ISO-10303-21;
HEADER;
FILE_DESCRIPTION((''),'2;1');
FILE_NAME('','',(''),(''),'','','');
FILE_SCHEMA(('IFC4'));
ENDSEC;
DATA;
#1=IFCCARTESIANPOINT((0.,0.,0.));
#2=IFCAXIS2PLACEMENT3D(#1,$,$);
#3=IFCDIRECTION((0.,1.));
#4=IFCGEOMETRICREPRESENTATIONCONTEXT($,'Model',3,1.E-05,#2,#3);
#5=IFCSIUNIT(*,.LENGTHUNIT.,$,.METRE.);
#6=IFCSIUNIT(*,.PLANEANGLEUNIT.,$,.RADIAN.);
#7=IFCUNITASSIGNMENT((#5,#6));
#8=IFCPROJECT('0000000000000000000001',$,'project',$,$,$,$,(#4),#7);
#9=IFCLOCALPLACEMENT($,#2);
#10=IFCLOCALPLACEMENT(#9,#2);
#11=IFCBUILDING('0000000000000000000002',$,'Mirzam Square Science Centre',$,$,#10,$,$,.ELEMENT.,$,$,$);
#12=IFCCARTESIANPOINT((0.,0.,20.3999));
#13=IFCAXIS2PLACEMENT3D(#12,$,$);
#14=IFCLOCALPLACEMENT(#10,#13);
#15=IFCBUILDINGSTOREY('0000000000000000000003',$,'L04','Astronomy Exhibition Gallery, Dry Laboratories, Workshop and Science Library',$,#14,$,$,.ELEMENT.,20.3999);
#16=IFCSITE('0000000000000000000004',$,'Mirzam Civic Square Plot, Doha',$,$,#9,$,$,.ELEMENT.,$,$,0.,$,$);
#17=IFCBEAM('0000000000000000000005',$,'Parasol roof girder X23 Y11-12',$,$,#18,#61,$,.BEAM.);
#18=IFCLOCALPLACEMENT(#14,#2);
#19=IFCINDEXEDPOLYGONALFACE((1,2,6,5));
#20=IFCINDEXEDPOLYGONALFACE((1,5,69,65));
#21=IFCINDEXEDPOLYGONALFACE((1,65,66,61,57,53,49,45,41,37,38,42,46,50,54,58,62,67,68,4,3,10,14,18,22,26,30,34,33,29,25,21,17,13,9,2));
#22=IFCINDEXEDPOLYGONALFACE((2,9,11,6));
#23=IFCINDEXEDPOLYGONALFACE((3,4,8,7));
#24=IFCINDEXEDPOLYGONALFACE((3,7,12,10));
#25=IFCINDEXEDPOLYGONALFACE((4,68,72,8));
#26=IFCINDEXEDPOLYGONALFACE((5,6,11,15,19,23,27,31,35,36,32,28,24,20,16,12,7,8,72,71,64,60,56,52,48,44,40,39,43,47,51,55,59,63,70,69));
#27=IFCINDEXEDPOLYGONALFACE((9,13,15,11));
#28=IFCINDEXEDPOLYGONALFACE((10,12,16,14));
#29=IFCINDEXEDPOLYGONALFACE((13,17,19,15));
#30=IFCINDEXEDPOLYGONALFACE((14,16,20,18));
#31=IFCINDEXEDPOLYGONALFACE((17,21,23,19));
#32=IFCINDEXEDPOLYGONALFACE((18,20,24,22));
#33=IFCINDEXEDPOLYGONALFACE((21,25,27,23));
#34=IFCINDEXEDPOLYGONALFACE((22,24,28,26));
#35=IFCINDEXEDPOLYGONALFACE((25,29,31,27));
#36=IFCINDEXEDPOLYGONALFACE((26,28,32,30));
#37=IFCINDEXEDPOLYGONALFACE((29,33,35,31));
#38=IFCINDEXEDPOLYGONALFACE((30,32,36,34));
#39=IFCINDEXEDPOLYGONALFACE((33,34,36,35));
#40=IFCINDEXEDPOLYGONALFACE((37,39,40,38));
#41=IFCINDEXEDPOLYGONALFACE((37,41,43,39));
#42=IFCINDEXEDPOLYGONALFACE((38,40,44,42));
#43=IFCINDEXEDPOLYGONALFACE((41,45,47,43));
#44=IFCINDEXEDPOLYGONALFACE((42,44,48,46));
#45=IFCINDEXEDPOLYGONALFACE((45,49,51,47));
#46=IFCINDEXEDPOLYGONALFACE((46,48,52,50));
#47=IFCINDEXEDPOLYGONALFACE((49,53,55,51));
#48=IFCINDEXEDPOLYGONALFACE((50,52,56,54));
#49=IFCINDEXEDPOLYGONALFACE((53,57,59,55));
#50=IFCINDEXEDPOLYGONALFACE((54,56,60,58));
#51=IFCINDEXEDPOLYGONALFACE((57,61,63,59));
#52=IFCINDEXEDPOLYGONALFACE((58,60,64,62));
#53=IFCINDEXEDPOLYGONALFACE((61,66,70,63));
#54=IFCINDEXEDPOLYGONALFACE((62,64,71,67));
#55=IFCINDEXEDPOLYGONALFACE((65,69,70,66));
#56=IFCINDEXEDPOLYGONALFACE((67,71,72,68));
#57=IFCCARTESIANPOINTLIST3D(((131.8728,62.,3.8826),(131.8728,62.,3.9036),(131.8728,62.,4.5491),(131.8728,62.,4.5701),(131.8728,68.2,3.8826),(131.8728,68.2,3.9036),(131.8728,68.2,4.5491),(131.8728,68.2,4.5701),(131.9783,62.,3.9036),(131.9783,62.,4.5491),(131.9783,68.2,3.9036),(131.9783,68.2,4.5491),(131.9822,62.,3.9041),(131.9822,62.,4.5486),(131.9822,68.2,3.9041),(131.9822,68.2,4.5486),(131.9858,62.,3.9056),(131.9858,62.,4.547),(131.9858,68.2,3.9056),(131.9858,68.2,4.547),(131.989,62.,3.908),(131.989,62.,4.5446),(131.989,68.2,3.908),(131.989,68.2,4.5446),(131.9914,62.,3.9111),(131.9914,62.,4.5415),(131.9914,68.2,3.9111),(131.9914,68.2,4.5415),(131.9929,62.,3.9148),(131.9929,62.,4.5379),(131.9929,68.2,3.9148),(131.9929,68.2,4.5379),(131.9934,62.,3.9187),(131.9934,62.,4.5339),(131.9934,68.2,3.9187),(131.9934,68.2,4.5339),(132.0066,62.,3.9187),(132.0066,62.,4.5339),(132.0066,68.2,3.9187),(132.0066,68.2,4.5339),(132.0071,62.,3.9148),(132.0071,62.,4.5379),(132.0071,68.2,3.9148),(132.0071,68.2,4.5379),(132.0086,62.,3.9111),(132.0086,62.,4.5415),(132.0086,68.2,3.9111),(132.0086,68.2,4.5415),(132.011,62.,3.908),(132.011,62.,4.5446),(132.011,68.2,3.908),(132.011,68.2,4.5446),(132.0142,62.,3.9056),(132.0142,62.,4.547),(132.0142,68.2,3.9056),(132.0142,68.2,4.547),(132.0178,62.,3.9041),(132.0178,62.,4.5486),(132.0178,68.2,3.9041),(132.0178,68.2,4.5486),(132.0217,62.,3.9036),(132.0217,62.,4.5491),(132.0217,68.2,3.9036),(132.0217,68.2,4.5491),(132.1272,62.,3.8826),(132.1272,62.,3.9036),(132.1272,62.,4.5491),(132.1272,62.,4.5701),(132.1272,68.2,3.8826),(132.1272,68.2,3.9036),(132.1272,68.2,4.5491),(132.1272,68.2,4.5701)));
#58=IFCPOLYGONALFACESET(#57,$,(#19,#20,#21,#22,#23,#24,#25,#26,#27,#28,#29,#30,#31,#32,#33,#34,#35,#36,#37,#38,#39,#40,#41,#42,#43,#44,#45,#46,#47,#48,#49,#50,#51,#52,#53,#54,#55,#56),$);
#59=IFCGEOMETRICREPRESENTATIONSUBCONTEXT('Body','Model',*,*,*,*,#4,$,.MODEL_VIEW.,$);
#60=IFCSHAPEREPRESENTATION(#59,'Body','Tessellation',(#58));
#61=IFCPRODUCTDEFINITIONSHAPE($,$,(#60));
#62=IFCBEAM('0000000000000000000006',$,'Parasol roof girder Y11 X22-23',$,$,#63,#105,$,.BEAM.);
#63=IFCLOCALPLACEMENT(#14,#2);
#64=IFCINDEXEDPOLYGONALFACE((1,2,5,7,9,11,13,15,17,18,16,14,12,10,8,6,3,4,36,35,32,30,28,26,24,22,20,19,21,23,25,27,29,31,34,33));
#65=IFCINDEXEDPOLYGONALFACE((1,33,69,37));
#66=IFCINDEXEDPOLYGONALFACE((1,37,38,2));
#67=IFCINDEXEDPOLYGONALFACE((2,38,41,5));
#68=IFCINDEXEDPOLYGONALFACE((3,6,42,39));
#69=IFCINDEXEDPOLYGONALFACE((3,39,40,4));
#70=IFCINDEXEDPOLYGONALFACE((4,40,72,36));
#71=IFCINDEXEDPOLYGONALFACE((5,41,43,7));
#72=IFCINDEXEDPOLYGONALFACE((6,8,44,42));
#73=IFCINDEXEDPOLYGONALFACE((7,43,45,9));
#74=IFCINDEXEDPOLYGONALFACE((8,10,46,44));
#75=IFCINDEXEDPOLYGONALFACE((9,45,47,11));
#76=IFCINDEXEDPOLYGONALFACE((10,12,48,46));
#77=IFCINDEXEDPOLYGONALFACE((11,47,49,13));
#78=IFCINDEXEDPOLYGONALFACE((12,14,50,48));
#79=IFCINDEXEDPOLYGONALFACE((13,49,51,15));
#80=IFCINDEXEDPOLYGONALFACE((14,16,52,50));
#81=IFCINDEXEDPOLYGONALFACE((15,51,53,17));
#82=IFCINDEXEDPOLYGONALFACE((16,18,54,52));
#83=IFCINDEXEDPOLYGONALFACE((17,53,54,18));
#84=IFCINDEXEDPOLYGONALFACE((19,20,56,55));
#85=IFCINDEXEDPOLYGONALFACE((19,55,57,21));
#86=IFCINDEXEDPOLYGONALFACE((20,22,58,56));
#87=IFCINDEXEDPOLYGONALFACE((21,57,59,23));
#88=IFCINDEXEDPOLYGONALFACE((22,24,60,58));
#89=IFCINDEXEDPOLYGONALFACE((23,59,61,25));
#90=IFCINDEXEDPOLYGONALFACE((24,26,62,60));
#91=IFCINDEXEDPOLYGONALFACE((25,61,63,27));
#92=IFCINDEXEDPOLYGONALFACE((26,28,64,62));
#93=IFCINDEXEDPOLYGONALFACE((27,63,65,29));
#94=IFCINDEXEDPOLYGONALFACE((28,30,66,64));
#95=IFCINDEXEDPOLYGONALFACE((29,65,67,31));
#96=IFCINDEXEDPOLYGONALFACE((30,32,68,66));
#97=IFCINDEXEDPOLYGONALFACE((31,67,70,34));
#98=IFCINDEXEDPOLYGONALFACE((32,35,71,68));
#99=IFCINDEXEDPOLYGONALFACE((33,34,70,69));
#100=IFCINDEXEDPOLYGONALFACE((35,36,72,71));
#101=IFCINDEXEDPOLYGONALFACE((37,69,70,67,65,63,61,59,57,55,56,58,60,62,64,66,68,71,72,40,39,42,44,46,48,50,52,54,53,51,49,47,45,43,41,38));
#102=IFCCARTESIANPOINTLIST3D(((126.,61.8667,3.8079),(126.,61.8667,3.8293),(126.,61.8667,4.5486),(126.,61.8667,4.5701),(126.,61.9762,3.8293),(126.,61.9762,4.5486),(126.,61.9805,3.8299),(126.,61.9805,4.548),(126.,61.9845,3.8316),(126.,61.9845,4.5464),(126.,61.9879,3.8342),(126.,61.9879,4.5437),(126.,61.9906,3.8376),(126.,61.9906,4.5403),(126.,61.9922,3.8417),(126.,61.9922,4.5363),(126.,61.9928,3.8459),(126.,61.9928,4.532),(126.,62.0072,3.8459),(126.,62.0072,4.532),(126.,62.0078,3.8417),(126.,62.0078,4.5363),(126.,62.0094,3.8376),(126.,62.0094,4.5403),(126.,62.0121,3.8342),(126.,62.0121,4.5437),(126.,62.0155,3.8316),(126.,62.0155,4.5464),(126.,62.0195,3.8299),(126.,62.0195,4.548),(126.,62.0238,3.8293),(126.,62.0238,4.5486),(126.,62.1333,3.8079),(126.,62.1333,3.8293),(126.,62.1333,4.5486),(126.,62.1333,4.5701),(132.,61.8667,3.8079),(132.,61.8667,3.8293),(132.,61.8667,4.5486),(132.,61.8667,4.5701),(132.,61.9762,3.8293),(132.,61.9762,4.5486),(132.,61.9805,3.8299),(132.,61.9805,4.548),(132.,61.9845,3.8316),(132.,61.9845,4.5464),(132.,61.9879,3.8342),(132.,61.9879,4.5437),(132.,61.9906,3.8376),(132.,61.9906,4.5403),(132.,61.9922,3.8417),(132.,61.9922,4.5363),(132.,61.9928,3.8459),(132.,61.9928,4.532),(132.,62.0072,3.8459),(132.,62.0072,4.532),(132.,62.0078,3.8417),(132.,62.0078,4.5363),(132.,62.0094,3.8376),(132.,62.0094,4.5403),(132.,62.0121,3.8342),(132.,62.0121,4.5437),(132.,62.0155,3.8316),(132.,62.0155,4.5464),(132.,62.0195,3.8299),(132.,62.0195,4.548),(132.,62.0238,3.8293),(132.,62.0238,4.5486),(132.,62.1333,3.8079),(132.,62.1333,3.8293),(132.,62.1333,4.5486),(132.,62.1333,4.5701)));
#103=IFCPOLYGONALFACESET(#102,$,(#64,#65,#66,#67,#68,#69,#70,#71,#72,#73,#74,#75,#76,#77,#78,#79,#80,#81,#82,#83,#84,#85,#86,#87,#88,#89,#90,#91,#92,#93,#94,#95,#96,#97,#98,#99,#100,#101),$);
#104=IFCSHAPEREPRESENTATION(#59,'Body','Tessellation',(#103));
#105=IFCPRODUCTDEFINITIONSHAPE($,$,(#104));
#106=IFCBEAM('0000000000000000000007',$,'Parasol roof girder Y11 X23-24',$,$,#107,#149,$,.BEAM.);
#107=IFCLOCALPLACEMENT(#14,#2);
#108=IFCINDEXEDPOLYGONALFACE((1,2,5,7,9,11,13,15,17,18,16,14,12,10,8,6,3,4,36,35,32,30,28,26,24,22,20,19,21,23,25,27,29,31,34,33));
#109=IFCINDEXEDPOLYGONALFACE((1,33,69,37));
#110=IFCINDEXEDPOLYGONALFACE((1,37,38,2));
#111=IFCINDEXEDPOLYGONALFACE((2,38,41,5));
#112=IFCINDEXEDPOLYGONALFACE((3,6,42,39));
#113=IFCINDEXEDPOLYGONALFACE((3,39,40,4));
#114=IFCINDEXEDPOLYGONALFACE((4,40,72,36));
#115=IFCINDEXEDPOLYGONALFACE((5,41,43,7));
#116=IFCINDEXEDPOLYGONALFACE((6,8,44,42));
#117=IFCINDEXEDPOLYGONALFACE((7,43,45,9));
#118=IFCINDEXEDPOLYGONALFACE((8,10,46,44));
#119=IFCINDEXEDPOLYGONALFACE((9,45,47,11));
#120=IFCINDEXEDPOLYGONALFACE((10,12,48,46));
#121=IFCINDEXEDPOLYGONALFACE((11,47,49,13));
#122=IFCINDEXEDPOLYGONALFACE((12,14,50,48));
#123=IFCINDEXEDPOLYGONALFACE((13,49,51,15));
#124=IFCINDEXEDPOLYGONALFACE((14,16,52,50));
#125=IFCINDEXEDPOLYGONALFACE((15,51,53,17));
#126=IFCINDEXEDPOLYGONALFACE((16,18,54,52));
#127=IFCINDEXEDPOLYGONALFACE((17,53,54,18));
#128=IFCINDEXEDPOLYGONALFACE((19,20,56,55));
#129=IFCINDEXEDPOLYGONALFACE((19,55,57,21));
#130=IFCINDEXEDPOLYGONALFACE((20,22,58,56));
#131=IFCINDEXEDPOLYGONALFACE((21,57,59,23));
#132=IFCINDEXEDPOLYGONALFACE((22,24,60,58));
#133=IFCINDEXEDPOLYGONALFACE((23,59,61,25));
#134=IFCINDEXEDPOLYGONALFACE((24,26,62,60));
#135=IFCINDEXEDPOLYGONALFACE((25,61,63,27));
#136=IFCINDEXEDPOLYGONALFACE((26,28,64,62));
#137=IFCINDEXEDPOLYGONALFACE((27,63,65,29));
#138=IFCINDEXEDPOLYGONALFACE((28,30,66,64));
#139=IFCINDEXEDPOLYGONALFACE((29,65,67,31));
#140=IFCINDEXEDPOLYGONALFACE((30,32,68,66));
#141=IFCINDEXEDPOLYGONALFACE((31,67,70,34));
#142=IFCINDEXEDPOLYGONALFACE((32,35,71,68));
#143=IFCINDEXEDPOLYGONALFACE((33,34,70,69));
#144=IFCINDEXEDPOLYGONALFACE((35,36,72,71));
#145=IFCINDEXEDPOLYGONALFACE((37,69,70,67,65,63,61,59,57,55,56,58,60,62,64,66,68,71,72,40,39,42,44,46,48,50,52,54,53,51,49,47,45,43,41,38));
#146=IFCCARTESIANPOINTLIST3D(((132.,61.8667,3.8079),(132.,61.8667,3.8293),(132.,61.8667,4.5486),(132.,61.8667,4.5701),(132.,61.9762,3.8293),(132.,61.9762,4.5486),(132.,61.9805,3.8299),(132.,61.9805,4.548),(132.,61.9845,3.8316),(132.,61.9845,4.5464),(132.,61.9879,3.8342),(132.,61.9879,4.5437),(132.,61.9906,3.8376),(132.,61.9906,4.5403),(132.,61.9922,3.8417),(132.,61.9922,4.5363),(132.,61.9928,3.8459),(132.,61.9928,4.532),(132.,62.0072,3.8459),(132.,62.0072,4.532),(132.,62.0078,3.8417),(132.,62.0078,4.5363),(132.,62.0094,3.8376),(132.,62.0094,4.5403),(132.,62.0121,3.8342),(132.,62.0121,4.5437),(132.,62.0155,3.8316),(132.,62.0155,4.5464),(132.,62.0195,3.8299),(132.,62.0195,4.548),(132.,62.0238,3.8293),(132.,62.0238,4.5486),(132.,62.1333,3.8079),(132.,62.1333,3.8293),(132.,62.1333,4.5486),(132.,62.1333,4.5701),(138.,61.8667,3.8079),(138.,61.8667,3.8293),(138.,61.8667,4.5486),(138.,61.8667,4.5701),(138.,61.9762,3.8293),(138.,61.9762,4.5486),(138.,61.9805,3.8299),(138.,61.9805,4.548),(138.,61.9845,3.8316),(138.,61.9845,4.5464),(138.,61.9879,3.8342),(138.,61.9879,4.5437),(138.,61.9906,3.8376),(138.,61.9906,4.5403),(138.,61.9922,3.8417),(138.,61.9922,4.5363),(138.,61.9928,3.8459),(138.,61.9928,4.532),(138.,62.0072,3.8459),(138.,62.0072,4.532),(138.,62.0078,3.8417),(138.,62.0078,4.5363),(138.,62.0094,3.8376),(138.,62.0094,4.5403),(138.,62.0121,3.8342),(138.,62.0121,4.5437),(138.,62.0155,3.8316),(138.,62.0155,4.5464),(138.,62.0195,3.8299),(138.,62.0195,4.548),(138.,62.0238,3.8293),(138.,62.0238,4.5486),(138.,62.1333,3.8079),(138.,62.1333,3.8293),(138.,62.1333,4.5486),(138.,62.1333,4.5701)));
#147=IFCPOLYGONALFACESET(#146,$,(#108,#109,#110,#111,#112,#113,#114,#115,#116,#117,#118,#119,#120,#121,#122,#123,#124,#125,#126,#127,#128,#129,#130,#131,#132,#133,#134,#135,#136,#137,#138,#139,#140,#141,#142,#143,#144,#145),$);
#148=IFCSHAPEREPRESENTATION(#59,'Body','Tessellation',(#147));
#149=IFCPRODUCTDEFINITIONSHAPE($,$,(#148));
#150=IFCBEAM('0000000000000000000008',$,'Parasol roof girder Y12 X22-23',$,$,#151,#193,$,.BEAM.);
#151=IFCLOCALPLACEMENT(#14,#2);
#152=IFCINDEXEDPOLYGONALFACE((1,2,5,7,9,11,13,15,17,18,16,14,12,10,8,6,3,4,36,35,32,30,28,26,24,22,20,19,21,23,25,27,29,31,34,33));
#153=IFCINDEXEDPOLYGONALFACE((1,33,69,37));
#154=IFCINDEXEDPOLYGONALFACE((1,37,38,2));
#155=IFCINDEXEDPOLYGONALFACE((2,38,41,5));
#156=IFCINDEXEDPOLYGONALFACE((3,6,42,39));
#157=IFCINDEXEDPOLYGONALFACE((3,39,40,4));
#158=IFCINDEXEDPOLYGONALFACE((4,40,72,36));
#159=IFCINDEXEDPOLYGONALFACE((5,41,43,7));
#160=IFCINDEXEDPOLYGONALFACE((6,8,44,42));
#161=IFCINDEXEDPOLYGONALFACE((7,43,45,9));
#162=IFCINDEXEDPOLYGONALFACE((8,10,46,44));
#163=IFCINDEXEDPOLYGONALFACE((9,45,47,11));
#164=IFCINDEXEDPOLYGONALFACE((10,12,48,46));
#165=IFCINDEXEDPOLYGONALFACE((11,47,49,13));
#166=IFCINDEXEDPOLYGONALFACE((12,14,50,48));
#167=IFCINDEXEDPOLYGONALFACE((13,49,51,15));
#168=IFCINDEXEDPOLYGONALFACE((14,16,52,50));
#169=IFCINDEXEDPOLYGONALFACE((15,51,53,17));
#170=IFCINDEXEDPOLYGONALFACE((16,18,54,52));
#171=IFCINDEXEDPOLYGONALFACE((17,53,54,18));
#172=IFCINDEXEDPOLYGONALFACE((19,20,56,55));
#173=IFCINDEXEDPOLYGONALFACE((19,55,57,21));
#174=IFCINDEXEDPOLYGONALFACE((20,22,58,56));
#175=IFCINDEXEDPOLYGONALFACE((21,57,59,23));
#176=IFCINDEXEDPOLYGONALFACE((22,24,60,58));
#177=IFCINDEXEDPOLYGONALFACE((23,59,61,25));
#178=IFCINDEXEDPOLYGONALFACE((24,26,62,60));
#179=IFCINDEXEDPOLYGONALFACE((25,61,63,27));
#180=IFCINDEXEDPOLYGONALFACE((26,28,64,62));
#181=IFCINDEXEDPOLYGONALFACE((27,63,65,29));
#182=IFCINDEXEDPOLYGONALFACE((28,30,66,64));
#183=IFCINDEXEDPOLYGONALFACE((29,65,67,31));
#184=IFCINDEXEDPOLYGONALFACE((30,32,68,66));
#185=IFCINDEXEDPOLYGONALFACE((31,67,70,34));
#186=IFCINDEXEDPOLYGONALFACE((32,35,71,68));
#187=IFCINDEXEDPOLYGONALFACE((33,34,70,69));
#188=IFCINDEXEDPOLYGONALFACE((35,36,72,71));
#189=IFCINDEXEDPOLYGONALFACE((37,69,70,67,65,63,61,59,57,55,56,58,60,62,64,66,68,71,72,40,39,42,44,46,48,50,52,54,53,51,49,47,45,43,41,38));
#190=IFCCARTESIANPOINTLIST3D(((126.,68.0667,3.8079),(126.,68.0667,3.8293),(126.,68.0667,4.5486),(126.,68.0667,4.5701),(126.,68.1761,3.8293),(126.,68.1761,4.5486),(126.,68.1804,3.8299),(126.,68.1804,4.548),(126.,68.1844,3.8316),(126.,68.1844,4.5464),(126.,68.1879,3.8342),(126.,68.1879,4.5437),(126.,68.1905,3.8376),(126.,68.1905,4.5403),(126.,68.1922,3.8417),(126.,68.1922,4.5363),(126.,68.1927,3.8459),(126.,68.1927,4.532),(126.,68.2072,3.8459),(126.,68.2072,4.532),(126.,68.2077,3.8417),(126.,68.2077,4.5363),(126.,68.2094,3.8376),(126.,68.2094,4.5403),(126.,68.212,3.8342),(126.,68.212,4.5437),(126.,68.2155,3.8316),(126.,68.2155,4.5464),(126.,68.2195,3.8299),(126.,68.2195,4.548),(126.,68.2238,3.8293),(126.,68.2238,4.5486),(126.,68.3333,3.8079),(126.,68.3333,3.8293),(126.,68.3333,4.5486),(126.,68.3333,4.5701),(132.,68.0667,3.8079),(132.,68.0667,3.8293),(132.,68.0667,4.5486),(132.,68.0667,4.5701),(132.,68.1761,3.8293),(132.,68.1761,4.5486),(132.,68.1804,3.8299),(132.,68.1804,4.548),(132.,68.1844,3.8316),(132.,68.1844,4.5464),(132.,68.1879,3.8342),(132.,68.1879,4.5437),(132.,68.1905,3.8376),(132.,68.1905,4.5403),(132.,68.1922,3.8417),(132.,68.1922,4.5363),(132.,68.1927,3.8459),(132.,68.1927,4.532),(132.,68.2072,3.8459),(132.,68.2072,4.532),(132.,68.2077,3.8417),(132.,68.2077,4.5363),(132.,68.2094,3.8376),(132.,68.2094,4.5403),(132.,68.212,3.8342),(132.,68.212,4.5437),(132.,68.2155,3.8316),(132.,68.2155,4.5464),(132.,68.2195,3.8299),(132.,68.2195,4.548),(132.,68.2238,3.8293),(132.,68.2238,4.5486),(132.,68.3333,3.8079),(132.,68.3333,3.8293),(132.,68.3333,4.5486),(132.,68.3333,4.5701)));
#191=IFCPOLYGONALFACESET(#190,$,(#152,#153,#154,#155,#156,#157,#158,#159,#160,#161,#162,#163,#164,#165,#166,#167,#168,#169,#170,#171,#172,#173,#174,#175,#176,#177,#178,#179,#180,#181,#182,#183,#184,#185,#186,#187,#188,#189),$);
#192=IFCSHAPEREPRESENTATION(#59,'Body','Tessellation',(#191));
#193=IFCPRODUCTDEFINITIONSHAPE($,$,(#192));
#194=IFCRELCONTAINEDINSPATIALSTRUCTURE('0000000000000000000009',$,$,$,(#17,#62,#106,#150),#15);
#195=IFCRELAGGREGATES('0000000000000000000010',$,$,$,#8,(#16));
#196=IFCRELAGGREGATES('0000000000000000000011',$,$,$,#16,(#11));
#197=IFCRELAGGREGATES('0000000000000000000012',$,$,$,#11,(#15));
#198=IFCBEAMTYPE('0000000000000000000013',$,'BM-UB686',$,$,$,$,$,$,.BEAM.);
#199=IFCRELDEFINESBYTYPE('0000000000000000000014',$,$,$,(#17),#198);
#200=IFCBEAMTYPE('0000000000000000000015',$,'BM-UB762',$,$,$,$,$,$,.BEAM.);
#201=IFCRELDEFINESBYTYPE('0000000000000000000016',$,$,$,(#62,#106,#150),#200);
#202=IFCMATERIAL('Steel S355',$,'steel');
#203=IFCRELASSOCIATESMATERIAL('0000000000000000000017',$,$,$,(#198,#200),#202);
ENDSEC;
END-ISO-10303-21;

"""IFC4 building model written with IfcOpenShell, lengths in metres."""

from ifc_helpers import new_model, si_unit, direction, frame, origin, origin_2d, place, context, subcontext, project, spatial, i_section, extrude, material, material_profile, profile_set, type_object, element, save


model = new_model("IFC4")

# Units and contexts
model_context = context("Model", 3, precision=1e-05, world=origin(), true_north=direction((0.0, 1.0)))
body_context = subcontext(model_context, "Body", "Model", "MODEL_VIEW")
ifc_project = project(units=[si_unit("LENGTHUNIT", "METRE"), si_unit("PLANEANGLEUNIT", "RADIAN")], contexts=[model_context])

# Site, building, storey
site_placement = place(None, origin())
site = spatial("IfcSite", under=ifc_project, at=site_placement, Name="Mirzam Civic Square Plot, Doha", CompositionType="ELEMENT", RefElevation=0.0)
building_placement = place(site_placement, origin())
building = spatial("IfcBuilding", under=site, at=building_placement, Name="Mirzam Square Science Centre", CompositionType="ELEMENT")
storey_placement = place(building_placement, frame((0.0, 0.0, 20.3999)))
storey = spatial("IfcBuildingStorey", under=building, at=storey_placement, Name="L04", Description="Astronomy Exhibition Gallery, Dry Laboratories, Workshop and Science Library", CompositionType="ELEMENT", Elevation=20.3999)

# Shared definitions
ifc_material = material(Name="Steel S355", Category="steel")

# Beams
ifc_material_profile_1 = material_profile(ifc_material, i_section(OverallWidth=0.2544, OverallDepth=0.6875, WebThickness=0.0132, FlangeThickness=0.021, FilletRadius=0.0151, at=origin_2d()), Name="686x254x152UB")
ifc_profile_set_1 = profile_set([ifc_material_profile_1], Name="Steel S355")
beam_type_1 = type_object("IfcBeamType", Name="BM-UB686", PredefinedType="BEAM", material=ifc_profile_set_1)
for number, where, z_axis, x_axis, name in (
    (1, (132.0, 62.0, 4.2263), (0.0, 1.0, 0.0), (-1.0, 0.0, 0.0), "Parasol roof girder X23 Y11-12"),
):
    element("IfcBeam", number, at=place(storey_placement, frame(where, z_axis=z_axis, x_axis=x_axis)), inside=storey, type_object=beam_type_1, Name=name, PredefinedType="BEAM", context=body_context, shape_type="SweptSolid", body=[
        extrude(i_section(OverallWidth=0.2544, OverallDepth=0.6875, WebThickness=0.0132, FlangeThickness=0.021, FilletRadius=0.0151, at=origin_2d()), origin(), (0.0, 0.0, 1.0), 6.2),
    ])
ifc_material_profile_2 = material_profile(ifc_material, i_section(OverallWidth=0.2666, OverallDepth=0.7622, WebThickness=0.0144, FlangeThickness=0.0215, FilletRadius=0.0166, at=origin_2d()), Name="762x267x173UB")
ifc_profile_set_2 = profile_set([ifc_material_profile_2], Name="Steel S355")
beam_type_2 = type_object("IfcBeamType", Name="BM-UB762", PredefinedType="BEAM", material=ifc_profile_set_2)
for number, where, z_axis, x_axis, name in (
    (2, (126.0, 62.0, 4.189), (1.0, 0.0, 0.0), (0.0, 1.0, 0.0), "Parasol roof girder Y11 X22-23"),
    (3, (132.0, 62.0, 4.189), (1.0, 0.0, 0.0), (0.0, 1.0, 0.0), "Parasol roof girder Y11 X23-24"),
    (4, (126.0, 68.2, 4.189), (1.0, 0.0, 0.0), (0.0, 1.0, 0.0), "Parasol roof girder Y12 X22-23"),
):
    element("IfcBeam", number, at=place(storey_placement, frame(where, z_axis=z_axis, x_axis=x_axis)), inside=storey, type_object=beam_type_2, Name=name, PredefinedType="BEAM", context=body_context, shape_type="SweptSolid", body=[
        extrude(i_section(OverallWidth=0.2666, OverallDepth=0.7622, WebThickness=0.0144, FlangeThickness=0.0215, FilletRadius=0.0166, at=origin_2d()), origin(), (0.0, 0.0, 1.0), 6.0),
    ])

save(model, "model.ifc")
